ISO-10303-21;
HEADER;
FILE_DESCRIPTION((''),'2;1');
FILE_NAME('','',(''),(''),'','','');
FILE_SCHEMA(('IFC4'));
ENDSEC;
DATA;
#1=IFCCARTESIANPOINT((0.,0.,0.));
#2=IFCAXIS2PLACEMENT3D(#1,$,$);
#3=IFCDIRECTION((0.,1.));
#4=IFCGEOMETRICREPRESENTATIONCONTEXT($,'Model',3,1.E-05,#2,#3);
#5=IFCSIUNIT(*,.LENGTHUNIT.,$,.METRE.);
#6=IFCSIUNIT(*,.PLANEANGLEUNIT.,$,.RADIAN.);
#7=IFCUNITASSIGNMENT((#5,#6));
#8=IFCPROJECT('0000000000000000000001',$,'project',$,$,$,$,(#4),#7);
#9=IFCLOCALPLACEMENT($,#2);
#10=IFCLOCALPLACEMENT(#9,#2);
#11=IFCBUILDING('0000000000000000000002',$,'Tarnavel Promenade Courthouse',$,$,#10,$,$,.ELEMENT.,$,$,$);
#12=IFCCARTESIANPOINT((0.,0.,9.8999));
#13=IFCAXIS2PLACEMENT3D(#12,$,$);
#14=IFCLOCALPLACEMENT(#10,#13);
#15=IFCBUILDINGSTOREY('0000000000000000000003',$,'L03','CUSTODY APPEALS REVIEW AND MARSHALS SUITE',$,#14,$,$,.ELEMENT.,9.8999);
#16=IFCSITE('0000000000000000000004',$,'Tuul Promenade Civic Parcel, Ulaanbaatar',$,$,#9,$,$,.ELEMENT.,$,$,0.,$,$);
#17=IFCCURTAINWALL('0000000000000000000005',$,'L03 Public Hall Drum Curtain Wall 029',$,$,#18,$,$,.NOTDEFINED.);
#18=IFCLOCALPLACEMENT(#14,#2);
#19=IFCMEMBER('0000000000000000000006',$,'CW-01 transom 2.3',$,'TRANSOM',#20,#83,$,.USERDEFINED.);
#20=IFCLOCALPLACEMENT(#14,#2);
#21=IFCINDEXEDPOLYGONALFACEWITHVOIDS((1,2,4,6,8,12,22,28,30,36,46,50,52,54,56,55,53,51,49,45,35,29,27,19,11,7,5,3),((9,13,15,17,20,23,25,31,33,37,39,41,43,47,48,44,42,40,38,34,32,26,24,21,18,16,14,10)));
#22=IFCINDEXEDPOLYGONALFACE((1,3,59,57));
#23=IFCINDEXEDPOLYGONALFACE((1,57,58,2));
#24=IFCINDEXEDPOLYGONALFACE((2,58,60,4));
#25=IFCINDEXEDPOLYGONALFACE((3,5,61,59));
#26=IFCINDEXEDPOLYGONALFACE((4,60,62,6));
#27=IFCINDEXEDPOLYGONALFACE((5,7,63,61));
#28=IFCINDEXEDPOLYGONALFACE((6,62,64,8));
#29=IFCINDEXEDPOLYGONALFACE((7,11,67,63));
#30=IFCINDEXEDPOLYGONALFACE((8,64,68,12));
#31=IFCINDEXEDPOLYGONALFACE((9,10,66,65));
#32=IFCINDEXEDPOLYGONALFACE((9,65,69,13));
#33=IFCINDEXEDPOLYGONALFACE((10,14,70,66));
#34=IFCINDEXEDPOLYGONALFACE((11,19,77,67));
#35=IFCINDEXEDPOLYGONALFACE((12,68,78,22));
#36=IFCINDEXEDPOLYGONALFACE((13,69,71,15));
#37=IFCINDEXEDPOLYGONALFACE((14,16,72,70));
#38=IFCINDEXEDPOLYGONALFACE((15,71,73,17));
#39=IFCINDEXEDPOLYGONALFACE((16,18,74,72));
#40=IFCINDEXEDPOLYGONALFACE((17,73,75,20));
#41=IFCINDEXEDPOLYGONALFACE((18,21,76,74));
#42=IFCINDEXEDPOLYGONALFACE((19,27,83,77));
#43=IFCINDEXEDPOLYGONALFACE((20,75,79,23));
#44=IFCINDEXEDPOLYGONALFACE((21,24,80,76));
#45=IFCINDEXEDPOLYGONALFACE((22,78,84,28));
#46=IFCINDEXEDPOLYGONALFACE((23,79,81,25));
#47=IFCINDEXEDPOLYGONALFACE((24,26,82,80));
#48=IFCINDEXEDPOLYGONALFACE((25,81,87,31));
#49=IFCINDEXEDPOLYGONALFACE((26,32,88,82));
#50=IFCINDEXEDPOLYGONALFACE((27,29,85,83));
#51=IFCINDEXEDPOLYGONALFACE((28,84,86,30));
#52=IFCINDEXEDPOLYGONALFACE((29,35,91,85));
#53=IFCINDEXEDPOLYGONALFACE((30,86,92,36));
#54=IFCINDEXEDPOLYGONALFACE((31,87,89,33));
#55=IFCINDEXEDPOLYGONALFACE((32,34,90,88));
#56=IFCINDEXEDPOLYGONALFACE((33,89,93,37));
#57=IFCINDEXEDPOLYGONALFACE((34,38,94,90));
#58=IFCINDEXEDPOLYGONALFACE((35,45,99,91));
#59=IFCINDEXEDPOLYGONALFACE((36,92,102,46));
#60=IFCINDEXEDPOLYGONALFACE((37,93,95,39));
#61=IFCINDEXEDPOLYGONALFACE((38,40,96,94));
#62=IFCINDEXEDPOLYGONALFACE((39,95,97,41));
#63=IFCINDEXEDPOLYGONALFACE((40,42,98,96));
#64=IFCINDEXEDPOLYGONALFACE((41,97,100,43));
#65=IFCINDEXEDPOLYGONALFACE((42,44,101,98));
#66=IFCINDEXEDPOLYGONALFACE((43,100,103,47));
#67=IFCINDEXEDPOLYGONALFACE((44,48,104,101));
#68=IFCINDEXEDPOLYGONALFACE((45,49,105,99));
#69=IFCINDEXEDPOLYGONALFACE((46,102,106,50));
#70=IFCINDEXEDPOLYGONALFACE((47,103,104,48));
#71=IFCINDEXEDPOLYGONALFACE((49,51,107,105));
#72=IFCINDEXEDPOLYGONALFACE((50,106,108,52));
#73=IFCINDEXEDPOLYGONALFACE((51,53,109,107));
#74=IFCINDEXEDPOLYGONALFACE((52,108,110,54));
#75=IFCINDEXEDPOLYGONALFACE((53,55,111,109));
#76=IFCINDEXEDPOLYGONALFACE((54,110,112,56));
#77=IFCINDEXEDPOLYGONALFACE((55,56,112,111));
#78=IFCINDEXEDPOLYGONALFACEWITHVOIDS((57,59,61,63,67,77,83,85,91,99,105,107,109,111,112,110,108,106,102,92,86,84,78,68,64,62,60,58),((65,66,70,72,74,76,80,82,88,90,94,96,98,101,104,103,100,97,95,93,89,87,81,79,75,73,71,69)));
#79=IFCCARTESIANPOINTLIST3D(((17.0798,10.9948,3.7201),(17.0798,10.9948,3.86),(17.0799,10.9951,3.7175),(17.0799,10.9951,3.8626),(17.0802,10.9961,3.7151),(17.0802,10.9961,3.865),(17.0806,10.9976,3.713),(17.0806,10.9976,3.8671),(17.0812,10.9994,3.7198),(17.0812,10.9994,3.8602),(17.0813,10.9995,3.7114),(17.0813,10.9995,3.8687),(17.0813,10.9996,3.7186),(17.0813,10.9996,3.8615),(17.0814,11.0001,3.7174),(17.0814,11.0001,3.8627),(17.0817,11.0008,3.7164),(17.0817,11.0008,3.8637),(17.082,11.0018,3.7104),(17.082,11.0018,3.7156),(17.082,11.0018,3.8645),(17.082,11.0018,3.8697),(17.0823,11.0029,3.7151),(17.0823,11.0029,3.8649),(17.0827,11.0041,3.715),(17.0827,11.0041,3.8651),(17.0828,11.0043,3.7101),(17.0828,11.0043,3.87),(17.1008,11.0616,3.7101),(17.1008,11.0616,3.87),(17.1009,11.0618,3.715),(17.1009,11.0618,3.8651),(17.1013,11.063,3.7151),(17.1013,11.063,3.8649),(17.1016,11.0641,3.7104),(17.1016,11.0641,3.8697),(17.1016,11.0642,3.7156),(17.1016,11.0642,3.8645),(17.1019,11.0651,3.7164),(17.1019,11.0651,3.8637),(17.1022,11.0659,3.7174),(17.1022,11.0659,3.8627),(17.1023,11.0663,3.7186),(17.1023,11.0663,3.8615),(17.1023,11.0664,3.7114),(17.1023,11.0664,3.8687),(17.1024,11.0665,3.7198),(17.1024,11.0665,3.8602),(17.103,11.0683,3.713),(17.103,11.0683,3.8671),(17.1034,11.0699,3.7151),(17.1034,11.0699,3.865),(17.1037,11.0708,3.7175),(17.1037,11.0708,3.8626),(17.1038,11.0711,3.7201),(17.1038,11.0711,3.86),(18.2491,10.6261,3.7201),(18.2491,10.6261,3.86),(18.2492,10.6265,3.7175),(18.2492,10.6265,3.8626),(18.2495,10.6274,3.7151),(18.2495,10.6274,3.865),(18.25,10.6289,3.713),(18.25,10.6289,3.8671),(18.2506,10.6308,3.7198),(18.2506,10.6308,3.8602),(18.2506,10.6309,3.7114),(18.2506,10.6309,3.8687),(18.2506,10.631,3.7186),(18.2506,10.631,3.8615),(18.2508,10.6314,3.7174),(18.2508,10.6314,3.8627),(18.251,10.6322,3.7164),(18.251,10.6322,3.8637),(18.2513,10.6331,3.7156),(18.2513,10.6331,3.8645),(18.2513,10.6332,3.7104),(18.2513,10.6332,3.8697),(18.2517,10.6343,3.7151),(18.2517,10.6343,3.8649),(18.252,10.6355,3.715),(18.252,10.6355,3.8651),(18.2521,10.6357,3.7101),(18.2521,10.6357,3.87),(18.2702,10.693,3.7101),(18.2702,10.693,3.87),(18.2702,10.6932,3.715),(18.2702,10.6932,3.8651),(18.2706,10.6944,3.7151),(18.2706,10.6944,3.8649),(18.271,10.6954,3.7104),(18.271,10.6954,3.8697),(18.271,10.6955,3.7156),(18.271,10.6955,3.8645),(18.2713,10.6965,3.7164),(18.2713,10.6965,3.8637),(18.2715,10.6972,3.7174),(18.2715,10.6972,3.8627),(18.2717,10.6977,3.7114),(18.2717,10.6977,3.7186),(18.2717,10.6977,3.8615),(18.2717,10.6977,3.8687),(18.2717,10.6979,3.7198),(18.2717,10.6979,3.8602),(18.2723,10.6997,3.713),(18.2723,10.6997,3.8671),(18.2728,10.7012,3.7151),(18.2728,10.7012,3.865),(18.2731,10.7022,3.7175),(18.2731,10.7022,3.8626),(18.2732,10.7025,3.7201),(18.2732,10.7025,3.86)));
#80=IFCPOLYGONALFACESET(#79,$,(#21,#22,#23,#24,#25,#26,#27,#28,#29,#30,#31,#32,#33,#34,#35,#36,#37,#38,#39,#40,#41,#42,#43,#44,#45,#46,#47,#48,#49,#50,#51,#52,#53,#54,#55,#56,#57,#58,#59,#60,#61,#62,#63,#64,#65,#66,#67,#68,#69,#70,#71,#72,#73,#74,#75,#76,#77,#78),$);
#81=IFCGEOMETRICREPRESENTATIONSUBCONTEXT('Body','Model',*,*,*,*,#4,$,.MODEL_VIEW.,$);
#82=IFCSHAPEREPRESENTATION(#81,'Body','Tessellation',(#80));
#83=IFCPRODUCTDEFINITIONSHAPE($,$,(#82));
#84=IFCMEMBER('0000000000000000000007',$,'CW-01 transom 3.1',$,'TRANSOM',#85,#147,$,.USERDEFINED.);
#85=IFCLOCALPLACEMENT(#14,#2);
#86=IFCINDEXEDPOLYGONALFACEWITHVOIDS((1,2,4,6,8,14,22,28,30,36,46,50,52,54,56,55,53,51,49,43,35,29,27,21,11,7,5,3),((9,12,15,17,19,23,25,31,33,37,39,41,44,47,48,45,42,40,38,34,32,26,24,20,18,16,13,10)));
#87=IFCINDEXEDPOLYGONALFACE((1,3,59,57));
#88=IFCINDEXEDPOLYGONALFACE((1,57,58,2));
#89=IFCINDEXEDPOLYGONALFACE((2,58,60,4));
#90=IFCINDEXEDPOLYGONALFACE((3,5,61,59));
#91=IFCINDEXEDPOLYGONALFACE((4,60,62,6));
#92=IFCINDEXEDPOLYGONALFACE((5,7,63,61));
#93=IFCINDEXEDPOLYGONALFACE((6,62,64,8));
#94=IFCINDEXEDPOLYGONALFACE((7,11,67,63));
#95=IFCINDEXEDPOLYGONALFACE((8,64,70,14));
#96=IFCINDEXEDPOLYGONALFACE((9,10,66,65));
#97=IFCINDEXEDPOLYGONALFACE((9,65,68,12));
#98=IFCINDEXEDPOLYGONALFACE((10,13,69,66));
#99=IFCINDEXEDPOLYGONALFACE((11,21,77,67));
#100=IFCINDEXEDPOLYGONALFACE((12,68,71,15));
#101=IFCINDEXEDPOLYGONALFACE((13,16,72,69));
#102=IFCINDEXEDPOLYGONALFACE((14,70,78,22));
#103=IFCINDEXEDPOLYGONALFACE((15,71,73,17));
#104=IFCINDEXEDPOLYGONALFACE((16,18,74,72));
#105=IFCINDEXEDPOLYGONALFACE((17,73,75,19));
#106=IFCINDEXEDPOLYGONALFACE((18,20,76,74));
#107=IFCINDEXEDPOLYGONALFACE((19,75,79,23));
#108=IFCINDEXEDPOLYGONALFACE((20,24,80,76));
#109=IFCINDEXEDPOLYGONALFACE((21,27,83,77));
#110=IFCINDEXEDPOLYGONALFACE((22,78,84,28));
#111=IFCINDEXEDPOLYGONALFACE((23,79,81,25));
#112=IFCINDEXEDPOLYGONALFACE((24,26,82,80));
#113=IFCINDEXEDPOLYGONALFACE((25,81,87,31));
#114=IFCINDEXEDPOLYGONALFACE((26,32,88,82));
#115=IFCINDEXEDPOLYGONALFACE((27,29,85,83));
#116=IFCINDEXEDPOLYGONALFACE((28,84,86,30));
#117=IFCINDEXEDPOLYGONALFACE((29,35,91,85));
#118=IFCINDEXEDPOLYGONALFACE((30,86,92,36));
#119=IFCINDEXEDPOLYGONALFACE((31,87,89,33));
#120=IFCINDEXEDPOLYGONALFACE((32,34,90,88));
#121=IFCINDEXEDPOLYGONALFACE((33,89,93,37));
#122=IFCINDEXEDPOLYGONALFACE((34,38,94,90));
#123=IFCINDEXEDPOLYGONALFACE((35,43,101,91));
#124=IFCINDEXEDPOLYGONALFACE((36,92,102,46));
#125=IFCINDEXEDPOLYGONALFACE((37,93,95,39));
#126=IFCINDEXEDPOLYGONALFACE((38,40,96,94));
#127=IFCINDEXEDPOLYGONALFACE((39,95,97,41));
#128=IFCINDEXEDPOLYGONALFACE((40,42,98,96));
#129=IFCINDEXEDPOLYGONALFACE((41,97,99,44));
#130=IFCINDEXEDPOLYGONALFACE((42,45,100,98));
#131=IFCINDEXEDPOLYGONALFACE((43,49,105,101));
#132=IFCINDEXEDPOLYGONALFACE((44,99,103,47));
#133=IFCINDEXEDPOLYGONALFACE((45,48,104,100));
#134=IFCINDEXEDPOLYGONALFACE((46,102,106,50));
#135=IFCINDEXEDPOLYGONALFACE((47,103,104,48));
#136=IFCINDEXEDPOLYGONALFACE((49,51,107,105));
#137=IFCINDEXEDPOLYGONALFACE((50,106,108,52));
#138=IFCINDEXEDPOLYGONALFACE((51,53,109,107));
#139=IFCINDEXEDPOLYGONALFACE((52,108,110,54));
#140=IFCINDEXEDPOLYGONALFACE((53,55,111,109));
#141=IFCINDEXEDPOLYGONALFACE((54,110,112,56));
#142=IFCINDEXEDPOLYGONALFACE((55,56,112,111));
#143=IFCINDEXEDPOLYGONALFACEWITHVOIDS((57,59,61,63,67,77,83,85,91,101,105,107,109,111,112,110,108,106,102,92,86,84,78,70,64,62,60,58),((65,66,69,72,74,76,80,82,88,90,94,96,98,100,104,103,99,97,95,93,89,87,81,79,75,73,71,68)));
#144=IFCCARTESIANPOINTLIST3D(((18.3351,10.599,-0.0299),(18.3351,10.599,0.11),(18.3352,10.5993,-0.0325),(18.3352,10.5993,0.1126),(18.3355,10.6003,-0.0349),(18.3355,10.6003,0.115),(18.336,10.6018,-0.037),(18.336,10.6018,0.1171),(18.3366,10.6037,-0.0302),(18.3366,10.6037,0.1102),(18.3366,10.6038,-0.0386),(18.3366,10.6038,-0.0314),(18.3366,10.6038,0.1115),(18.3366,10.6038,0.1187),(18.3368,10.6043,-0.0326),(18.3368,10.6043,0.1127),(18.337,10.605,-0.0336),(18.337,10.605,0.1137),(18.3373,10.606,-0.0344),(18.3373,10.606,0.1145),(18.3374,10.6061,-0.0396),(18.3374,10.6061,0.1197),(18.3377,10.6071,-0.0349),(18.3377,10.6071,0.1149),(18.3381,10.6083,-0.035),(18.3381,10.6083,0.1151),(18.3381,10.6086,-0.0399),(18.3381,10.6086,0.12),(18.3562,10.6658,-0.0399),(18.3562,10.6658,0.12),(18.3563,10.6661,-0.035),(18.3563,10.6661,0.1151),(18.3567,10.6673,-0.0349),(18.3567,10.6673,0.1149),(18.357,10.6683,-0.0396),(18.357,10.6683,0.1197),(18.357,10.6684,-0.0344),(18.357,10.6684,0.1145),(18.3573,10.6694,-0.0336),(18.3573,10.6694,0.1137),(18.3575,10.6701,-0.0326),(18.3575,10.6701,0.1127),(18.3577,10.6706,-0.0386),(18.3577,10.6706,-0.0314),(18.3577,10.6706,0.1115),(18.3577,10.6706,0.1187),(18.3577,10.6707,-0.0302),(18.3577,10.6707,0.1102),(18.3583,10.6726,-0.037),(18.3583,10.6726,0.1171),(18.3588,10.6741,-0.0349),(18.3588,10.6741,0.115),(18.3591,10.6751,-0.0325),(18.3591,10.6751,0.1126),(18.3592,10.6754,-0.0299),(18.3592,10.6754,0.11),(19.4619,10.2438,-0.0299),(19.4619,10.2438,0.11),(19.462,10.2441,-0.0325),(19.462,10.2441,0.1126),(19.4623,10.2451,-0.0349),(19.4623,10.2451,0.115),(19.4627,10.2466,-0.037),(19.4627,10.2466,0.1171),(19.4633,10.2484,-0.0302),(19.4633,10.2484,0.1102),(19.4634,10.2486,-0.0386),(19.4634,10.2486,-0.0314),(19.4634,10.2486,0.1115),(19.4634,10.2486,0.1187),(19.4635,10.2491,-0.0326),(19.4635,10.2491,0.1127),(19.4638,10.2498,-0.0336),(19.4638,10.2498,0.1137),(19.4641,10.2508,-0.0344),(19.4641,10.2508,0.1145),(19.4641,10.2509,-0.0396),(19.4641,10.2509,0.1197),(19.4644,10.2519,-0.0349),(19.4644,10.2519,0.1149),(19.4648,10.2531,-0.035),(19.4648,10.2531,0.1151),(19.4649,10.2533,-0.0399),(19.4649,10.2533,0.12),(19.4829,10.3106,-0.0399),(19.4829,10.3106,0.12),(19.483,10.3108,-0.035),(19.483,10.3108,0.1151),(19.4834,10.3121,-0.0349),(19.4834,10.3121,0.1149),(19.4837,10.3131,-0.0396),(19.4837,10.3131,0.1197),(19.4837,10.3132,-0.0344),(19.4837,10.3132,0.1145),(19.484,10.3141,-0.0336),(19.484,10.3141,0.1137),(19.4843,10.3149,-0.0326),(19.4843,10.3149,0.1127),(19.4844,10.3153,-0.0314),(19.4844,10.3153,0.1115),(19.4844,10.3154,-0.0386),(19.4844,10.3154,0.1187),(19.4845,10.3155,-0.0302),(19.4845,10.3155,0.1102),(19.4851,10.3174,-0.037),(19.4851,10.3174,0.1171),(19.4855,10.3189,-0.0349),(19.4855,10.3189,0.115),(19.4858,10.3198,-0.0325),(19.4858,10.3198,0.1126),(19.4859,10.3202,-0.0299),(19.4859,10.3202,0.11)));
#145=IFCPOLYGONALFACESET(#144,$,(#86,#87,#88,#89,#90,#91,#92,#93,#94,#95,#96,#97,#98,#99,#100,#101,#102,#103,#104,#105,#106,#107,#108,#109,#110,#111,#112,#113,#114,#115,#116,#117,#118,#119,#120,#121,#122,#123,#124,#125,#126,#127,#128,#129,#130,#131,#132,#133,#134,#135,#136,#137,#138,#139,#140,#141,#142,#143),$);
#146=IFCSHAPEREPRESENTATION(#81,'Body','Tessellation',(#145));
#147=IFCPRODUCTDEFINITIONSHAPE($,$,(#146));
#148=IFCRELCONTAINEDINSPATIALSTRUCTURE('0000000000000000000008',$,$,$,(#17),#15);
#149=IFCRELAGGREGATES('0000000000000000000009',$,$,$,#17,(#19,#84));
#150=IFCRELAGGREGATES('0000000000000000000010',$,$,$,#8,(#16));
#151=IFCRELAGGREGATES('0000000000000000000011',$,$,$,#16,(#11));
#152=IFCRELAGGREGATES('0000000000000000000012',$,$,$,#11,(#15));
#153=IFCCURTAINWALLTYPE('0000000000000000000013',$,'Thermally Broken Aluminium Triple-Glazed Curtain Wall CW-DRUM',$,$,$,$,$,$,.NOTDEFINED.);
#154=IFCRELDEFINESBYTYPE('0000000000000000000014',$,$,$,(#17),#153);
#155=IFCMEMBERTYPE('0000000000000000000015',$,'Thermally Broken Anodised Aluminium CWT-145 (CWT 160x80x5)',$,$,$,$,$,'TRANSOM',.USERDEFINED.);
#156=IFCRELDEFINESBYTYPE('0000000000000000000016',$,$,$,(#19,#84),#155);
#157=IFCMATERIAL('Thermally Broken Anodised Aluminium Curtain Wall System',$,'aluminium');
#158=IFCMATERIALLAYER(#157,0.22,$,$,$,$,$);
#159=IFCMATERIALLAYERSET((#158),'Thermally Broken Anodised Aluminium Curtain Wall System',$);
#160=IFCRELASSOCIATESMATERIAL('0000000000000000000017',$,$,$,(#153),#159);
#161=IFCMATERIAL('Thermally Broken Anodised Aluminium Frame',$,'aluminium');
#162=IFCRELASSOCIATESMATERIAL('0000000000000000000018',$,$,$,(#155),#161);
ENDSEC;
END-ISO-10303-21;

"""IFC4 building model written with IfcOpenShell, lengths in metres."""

from ifc_helpers import new_model, si_unit, direction, frame, origin, origin_2d, place, context, subcontext, project, spatial, hollow_rectangle, extrude, material, layer, layer_set, material_profile, profile_set, type_object, element, aggregate, save


model = new_model("IFC4")

# Units and contexts
model_context = context("Model", 3, precision=1e-05, world=origin(), true_north=direction((0.0, 1.0)))
body_context = subcontext(model_context, "Body", "Model", "MODEL_VIEW")
ifc_project = project(units=[si_unit("LENGTHUNIT", "METRE"), si_unit("PLANEANGLEUNIT", "RADIAN")], contexts=[model_context])

# Site, building, storey
site_placement = place(None, origin())
site = spatial("IfcSite", under=ifc_project, at=site_placement, Name="Tuul Promenade Civic Parcel, Ulaanbaatar", CompositionType="ELEMENT", RefElevation=0.0)
building_placement = place(site_placement, origin())
building = spatial("IfcBuilding", under=site, at=building_placement, Name="Tarnavel Promenade Courthouse", CompositionType="ELEMENT")
storey_placement = place(building_placement, frame((0.0, 0.0, 9.8999)))
storey = spatial("IfcBuildingStorey", under=building, at=storey_placement, Name="L03", Description="CUSTODY APPEALS REVIEW AND MARSHALS SUITE", CompositionType="ELEMENT", Elevation=9.8999)

# Shared definitions
ifc_material_1 = material(Name="Thermally Broken Anodised Aluminium Curtain Wall System", Category="aluminium")
ifc_layer_1 = layer(ifc_material_1, 0.22)
ifc_layer_set_1 = layer_set([ifc_layer_1], Name="Thermally Broken Anodised Aluminium Curtain Wall System")
curtain_wall_type = type_object("IfcCurtainWallType", Name="Thermally Broken Aluminium Triple-Glazed Curtain Wall CW-DRUM", PredefinedType="NOTDEFINED", material=ifc_layer_set_1)
ifc_material_2 = material(Name="Thermally Broken Anodised Aluminium Frame", Category="aluminium")

# Curtain wall, members
curtain_wall_1_placement = place(storey_placement, origin())
curtain_wall_1 = element("IfcCurtainWall", 1, at=curtain_wall_1_placement, inside=storey, type_object=curtain_wall_type, Name="L03 Public Hall Drum Curtain Wall 029", PredefinedType="NOTDEFINED")
ifc_material_profile_1 = material_profile(ifc_material_2, hollow_rectangle(XDim=0.0801, YDim=0.1599, WallThickness=0.0049, InnerFilletRadius=0.0049, OuterFilletRadius=0.01, at=origin_2d()), Name="CWT 160x80x5")
ifc_profile_set_1 = profile_set([ifc_material_profile_1], Name="Thermally Broken Anodised Aluminium Frame")
member_type_1 = type_object("IfcMemberType", Name="Thermally Broken Anodised Aluminium CWT-145 (CWT 160x80x5)", ElementType="TRANSOM", PredefinedType="USERDEFINED", material=ifc_profile_set_1)
member_1_placement = place(storey_placement, frame((17.0918, 11.033, 3.79), z_axis=(0.953733, -0.300655, 0.0), x_axis=(0.300655, 0.953733, 0.0)))
member_1 = element("IfcMember", 2, at=member_1_placement, type_object=member_type_1, Name="CW-01 transom 2.3", ObjectType="TRANSOM", PredefinedType="USERDEFINED", context=body_context, shape_type="SweptSolid", body=[
    extrude(hollow_rectangle(XDim=0.0801, YDim=0.1599, WallThickness=0.0049, InnerFilletRadius=0.0049, OuterFilletRadius=0.01, at=origin_2d()), origin(), (0.0, 0.0, 1.0), 1.2261),
])
member_2_placement = place(storey_placement, frame((18.3472, 10.6372, 0.04), z_axis=(0.953723, -0.300686, 0.0), x_axis=(0.300686, 0.953723, 0.0)))
member_2 = element("IfcMember", 3, at=member_2_placement, type_object=member_type_1, Name="CW-01 transom 3.1", ObjectType="TRANSOM", PredefinedType="USERDEFINED", context=body_context, shape_type="SweptSolid", body=[
    extrude(hollow_rectangle(XDim=0.0801, YDim=0.1599, WallThickness=0.0049, InnerFilletRadius=0.0049, OuterFilletRadius=0.01, at=origin_2d()), origin(), (0.0, 0.0, 1.0), 1.1814),
])
aggregate(curtain_wall_1, [member_1, member_2])

save(model, "model.ifc")
